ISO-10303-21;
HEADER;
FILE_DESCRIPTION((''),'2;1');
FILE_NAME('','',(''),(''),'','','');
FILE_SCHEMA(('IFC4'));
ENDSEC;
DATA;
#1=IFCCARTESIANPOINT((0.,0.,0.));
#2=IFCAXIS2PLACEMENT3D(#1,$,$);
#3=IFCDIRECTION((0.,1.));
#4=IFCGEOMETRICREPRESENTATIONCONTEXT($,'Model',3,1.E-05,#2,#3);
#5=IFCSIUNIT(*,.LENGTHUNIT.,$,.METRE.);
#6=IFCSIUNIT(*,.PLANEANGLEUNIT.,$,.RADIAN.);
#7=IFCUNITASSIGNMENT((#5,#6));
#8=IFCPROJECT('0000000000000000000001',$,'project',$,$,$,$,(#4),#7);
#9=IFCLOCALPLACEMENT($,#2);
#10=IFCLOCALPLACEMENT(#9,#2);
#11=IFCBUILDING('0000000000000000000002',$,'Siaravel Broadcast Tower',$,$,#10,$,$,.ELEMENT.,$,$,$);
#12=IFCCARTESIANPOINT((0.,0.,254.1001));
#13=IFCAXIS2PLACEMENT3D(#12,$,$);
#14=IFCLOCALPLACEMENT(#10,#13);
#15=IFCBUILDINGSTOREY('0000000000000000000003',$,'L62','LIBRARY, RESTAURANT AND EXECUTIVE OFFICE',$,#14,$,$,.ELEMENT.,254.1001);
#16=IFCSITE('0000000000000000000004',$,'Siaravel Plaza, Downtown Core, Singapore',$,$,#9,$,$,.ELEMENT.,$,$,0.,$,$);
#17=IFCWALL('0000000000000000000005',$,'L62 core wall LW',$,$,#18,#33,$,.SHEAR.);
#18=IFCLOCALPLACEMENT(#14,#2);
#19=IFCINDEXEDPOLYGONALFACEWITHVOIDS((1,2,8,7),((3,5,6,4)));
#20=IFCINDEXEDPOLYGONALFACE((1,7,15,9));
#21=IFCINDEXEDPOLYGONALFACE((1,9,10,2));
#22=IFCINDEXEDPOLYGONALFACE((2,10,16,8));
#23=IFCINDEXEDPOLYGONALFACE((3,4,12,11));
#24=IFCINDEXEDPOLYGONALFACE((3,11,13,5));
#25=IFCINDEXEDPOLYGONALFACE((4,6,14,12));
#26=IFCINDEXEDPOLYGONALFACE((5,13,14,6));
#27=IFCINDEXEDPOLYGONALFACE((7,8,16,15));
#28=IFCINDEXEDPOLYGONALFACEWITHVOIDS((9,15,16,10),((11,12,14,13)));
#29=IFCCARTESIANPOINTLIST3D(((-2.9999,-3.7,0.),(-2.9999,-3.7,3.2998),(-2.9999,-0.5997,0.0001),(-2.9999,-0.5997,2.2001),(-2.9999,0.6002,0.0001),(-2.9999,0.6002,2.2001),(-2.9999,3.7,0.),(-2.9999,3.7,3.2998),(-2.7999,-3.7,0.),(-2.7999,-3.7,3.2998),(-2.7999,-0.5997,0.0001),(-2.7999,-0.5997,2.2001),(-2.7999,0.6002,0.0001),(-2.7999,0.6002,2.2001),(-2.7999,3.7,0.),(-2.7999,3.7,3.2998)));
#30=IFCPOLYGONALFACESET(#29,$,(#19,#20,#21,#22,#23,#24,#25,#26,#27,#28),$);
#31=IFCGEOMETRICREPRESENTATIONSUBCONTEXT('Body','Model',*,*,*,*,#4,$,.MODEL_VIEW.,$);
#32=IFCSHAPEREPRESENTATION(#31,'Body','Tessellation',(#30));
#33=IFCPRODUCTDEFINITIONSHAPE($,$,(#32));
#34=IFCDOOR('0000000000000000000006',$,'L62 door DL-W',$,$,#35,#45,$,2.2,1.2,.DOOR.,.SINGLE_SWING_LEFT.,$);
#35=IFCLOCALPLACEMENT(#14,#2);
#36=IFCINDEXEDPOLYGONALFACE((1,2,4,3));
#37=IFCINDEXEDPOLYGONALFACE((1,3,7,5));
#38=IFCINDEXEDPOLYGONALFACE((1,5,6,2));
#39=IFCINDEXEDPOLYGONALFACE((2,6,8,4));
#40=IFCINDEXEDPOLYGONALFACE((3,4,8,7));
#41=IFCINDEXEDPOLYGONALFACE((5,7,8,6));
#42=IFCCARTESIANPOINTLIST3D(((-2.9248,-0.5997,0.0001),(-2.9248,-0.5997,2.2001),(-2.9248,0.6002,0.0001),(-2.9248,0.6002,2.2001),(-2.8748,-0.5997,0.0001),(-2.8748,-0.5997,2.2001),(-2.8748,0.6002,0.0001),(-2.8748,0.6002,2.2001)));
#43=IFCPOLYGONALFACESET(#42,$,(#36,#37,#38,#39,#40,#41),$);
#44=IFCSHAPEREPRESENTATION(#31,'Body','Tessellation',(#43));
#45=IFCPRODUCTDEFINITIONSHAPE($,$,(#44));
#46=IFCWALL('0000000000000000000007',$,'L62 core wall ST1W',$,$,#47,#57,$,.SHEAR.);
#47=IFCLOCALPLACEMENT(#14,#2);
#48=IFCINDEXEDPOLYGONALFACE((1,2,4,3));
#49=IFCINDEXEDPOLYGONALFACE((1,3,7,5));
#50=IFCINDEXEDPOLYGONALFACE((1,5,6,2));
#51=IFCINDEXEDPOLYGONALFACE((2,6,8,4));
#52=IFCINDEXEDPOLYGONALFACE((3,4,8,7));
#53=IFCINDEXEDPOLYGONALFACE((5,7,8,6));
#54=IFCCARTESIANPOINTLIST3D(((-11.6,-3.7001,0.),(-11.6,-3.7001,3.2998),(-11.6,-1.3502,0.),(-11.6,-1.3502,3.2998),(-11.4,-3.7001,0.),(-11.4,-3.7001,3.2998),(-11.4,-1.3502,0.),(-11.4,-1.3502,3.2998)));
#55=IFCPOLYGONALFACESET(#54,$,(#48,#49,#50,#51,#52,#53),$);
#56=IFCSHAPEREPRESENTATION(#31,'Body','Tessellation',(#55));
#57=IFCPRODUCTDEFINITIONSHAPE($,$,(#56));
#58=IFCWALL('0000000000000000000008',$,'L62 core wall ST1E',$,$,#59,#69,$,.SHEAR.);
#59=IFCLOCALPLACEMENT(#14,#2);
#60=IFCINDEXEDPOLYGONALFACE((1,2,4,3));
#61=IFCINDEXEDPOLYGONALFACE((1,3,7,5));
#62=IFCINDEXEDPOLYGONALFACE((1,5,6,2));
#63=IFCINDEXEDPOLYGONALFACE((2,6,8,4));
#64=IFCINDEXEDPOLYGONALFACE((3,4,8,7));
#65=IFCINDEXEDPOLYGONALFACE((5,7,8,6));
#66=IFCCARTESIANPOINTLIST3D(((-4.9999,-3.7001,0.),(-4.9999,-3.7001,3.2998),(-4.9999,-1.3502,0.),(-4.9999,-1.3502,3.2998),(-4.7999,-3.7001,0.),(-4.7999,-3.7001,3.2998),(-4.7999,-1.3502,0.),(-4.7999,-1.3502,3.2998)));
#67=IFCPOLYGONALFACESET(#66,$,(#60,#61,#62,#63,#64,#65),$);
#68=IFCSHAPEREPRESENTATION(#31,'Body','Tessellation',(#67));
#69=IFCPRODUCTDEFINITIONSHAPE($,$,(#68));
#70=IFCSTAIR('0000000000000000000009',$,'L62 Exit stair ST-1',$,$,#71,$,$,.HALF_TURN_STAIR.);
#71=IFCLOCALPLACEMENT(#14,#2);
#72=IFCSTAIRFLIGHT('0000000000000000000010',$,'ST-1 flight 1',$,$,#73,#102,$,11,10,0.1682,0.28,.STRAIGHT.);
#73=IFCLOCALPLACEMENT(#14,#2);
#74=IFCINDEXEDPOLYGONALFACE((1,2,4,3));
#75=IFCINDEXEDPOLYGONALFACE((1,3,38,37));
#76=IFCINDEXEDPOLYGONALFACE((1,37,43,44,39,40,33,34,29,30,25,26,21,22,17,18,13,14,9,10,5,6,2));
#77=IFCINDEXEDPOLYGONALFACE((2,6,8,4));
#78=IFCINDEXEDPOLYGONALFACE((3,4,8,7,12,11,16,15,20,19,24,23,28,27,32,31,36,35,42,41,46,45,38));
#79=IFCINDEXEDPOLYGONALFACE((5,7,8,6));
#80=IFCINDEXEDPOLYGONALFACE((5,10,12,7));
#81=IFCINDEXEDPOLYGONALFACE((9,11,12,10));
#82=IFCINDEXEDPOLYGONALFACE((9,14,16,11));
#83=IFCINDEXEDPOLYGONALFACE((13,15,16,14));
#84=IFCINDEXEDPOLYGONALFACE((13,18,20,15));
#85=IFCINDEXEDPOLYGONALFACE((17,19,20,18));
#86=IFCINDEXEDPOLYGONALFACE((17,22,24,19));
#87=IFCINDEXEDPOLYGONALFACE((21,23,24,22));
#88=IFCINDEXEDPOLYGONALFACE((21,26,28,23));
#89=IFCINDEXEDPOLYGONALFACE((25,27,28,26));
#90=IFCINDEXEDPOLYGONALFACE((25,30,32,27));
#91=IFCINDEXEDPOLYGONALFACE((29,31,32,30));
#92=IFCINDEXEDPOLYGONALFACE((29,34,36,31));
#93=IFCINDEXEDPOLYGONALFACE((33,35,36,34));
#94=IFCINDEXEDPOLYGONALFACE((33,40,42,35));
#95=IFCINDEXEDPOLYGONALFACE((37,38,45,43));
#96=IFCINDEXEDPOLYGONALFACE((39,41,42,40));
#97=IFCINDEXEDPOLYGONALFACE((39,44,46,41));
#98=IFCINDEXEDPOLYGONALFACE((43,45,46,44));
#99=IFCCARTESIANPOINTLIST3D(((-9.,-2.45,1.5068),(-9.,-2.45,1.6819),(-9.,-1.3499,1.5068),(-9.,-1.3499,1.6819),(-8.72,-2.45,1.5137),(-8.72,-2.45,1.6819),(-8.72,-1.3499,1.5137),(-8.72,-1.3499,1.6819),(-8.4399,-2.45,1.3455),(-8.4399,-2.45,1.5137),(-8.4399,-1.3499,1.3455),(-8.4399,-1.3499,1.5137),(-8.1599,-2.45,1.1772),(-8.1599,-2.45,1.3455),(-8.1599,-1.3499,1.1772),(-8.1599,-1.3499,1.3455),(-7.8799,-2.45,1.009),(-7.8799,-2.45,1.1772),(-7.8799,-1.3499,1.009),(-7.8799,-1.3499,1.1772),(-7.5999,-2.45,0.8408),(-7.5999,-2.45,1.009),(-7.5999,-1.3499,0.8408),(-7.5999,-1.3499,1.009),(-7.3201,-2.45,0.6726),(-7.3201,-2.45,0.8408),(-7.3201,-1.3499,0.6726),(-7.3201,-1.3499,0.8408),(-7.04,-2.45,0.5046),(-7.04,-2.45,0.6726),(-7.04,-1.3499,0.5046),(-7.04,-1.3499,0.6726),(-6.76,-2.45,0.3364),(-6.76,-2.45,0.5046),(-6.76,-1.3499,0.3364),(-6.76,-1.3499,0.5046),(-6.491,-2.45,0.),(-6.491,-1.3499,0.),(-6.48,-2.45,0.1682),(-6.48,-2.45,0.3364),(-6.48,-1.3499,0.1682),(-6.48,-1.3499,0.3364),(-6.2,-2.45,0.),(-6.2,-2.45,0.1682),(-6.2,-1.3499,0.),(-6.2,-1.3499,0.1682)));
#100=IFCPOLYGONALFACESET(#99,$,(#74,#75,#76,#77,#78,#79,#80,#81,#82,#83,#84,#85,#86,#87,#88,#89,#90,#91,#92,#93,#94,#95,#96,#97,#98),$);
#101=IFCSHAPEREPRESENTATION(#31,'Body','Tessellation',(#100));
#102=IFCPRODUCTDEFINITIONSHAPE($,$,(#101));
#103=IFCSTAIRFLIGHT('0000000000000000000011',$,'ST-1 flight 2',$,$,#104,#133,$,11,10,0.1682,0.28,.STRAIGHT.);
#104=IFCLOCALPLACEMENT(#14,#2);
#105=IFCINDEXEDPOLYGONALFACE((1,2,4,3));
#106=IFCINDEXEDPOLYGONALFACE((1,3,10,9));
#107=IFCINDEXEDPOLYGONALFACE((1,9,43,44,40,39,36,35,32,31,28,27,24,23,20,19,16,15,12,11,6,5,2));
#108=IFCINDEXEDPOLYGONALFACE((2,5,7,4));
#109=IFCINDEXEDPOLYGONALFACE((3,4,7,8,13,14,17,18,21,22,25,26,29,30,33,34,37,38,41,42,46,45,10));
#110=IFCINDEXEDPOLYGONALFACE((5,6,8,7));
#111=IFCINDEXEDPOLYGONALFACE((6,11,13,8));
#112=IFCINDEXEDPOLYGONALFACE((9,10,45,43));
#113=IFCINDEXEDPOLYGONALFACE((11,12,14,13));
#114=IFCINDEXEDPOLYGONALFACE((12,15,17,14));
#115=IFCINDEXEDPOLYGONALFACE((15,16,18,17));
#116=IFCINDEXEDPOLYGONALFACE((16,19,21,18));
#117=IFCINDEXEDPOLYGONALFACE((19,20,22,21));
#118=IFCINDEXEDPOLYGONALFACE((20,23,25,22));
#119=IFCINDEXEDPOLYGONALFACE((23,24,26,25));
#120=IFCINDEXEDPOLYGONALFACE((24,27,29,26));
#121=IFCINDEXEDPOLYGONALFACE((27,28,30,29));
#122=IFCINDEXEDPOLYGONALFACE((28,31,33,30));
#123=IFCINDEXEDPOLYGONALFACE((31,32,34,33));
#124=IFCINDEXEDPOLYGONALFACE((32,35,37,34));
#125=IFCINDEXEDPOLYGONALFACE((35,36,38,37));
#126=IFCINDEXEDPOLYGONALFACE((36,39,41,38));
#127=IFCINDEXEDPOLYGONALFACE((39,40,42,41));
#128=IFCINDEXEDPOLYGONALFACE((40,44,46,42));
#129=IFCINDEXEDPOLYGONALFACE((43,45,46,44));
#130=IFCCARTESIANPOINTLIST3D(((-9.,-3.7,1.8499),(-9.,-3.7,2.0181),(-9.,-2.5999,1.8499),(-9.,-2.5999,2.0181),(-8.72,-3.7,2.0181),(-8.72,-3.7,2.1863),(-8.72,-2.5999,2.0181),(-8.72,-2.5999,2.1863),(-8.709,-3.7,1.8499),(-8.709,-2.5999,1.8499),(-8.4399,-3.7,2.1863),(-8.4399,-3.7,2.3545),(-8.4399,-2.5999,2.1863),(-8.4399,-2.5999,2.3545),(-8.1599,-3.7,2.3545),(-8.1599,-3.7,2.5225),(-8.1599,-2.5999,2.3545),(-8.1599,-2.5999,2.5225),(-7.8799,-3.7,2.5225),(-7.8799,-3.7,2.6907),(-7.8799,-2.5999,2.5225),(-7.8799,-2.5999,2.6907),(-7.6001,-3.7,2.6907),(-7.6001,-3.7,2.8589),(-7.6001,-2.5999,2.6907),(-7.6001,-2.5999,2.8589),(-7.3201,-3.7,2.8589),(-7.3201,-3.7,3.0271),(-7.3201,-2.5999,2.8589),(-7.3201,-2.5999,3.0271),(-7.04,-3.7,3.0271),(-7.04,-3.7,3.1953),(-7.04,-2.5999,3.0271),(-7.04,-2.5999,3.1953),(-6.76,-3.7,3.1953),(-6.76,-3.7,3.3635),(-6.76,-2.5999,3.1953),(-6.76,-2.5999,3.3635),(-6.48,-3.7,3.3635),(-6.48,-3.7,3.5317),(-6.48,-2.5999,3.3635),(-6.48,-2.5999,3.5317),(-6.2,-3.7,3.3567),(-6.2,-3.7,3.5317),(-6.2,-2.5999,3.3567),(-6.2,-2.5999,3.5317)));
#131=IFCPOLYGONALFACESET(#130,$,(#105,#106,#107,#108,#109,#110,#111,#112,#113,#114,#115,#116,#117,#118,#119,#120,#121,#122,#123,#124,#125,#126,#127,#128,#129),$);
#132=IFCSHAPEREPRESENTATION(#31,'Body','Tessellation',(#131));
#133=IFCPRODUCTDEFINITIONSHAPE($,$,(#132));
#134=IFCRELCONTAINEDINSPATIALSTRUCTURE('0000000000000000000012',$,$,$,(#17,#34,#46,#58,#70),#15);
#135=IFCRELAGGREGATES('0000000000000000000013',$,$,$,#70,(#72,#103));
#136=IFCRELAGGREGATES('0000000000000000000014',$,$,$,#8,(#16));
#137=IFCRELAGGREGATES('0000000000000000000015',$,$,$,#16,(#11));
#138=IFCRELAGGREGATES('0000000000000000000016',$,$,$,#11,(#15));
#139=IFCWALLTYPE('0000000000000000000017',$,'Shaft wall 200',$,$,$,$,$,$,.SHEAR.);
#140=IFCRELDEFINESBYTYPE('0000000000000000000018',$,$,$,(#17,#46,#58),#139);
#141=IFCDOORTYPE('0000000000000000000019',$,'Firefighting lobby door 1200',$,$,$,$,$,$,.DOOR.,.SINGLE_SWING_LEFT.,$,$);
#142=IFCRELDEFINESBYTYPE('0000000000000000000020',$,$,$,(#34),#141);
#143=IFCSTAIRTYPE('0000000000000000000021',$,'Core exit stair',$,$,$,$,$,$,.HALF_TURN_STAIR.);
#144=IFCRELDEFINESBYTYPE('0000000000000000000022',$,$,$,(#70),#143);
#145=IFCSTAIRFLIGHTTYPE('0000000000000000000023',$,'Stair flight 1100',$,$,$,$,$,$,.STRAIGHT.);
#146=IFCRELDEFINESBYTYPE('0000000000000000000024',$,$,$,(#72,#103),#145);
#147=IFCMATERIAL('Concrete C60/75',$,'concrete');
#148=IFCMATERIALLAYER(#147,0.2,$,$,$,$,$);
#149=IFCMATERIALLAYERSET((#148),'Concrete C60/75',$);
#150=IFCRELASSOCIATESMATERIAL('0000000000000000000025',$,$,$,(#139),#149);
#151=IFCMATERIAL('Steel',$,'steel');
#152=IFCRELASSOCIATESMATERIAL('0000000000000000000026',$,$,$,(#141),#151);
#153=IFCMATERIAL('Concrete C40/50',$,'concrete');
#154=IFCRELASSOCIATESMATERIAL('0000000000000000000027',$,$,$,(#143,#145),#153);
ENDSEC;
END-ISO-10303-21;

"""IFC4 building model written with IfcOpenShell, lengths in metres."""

from ifc_helpers import new_model, si_unit, direction, frame, frame_2d, origin, place, context, subcontext, project, spatial, polyline, rectangle, outline, extrude, material, layer, layer_set, type_object, element, fill, aggregate, save


model = new_model("IFC4")

# Units and contexts
model_context = context("Model", 3, precision=1e-05, world=origin(), true_north=direction((0.0, 1.0)))
body_context = subcontext(model_context, "Body", "Model", "MODEL_VIEW")
ifc_project = project(units=[si_unit("LENGTHUNIT", "METRE"), si_unit("PLANEANGLEUNIT", "RADIAN")], contexts=[model_context])

# Site, building, storey
site_placement = place(None, origin())
site = spatial("IfcSite", under=ifc_project, at=site_placement, Name="Siaravel Plaza, Downtown Core, Singapore", CompositionType="ELEMENT", RefElevation=0.0)
building_placement = place(site_placement, origin())
building = spatial("IfcBuilding", under=site, at=building_placement, Name="Siaravel Broadcast Tower", CompositionType="ELEMENT")
storey_placement = place(building_placement, frame((0.0, 0.0, 254.1001)))
storey = spatial("IfcBuildingStorey", under=building, at=storey_placement, Name="L62", Description="LIBRARY, RESTAURANT AND EXECUTIVE OFFICE", CompositionType="ELEMENT", Elevation=254.1001)

# Shared definitions
ifc_material_1 = material(Name="Concrete C60/75", Category="concrete")
ifc_material_2 = material(Name="Steel", Category="steel")

# Shared definitions
ifc_layer_1 = layer(ifc_material_1, 0.2)
ifc_layer_set_1 = layer_set([ifc_layer_1], Name="Concrete C60/75")
wall_type_1 = type_object("IfcWallType", Name="Shaft wall 200", PredefinedType="SHEAR", material=ifc_layer_set_1)

# Wall, opening, door
wall_1_placement = place(storey_placement, frame((-2.8999, -3.7, 0.0), z_axis=(0.0, 0.0, 1.0), x_axis=(0.0, 1.0, 0.0)))
wall_1 = element("IfcWall", 1, at=wall_1_placement, inside=storey, type_object=wall_type_1, Name="L62 core wall LW", PredefinedType="SHEAR", context=body_context, shape_type="SweptSolid", body=[
    extrude(rectangle(XDim=7.3999, YDim=0.2, at=frame_2d((3.7, 0.0))), origin(), (0.0, 0.0, 1.0), 3.2998),
])
opening_1_placement = place(wall_1_placement, frame((3.1001, 0.0, 0.0)))
opening_1 = element("IfcOpeningElement", 2, at=opening_1_placement, cuts=wall_1, PredefinedType="OPENING", context=body_context, shape_type="SweptSolid", body=[
    extrude(rectangle(XDim=1.2, YDim=2.2, at=frame_2d((0.6001, 1.1001))), frame((0.0, 0.1099, 0.0), z_axis=(0.0, -1.0, 0.0), x_axis=(1.0, 0.0, 0.0)), (0.0, 0.0, 1.0), 0.22),
])
door_type_1 = type_object("IfcDoorType", Name="Firefighting lobby door 1200", OperationType="SINGLE_SWING_LEFT", PredefinedType="DOOR", material=ifc_material_2)
door_1_placement = place(opening_1_placement, origin())
door_1 = element("IfcDoor", 3, at=door_1_placement, inside=storey, type_object=door_type_1, Name="L62 door DL-W", OperationType="SINGLE_SWING_LEFT", OverallHeight=2.2, OverallWidth=1.2, PredefinedType="DOOR", context=body_context, shape_type="SweptSolid", body=[
    extrude(rectangle(XDim=1.2, YDim=2.2, at=frame_2d((0.6001, 1.1001))), frame((0.0, 0.0249, 0.0), z_axis=(0.0, -1.0, 0.0), x_axis=(1.0, 0.0, 0.0)), (0.0, 0.0, 1.0), 0.05),
])
fill(opening_1, door_1)

# Walls
for number, where, z_axis, x_axis, name in (
    (4, (-11.5, -3.7, 0.0), (0.0, 0.0, 1.0), (0.0, 1.0, 0.0), "L62 core wall ST1W"),
    (5, (-4.8999, -3.7, 0.0), (0.0, 0.0, 1.0), (0.0, 1.0, 0.0), "L62 core wall ST1E"),
):
    element("IfcWall", number, at=place(storey_placement, frame(where, z_axis=z_axis, x_axis=x_axis)), inside=storey, type_object=wall_type_1, Name=name, PredefinedType="SHEAR", context=body_context, shape_type="SweptSolid", body=[
        extrude(rectangle(XDim=2.3499, YDim=0.2, at=frame_2d((1.1748, 0.0))), origin(), (0.0, 0.0, 1.0), 3.2998),
    ])

# Stair, stair flights
ifc_material_3 = material(Name="Concrete C40/50", Category="concrete")
stair_type = type_object("IfcStairType", Name="Core exit stair", PredefinedType="HALF_TURN_STAIR", material=ifc_material_3)
stair_placement = place(storey_placement, origin())
stair = element("IfcStair", 6, at=stair_placement, inside=storey, type_object=stair_type, Name="L62 Exit stair ST-1", PredefinedType="HALF_TURN_STAIR")
stair_flight_type = type_object("IfcStairFlightType", Name="Stair flight 1100", PredefinedType="STRAIGHT", material=ifc_material_3)
stair_flight_1_placement = place(storey_placement, frame((-6.2, -1.8999, 0.0), z_axis=(0.0, 0.0, 1.0), x_axis=(-1.0, 0.0, 0.0)))
stair_flight_1 = element("IfcStairFlight", 7, at=stair_flight_1_placement, type_object=stair_flight_type, Name="ST-1 flight 1", NumberOfRisers=11, NumberOfTreads=10, PredefinedType="STRAIGHT", RiserHeight=0.1682, TreadLength=0.28, context=body_context, shape_type="SweptSolid", body=[
    extrude(outline(polyline([(0.0, 0.0), (0.0, 0.1682), (0.28, 0.1682), (0.28, 0.3364), (0.5601, 0.3364), (0.5601, 0.5046), (0.8401, 0.5046), (0.8401, 0.6726), (1.1201, 0.6726), (1.1201, 0.8408), (1.3999, 0.8408), (1.3999, 1.009), (1.6799, 1.009), (1.6799, 1.1772), (1.96, 1.1772), (1.96, 1.3455), (2.24, 1.3455), (2.24, 1.5137), (2.52, 1.5137), (2.52, 1.6819), (2.8, 1.6819), (2.8, 1.8501), (2.8, 1.5068), (0.291, 0.0), (0.0, 0.0)])), frame((0.0, 0.55, 0.0), z_axis=(0.0, -1.0, 0.0), x_axis=(1.0, 0.0, 0.0)), (0.0, 0.0, 1.0), 1.1001),
])
stair_flight_2_placement = place(storey_placement, frame((-9.0, -3.1499, 1.8499), z_axis=(0.0, 0.0, 1.0), x_axis=(1.0, 0.0, 0.0)))
stair_flight_2 = element("IfcStairFlight", 8, at=stair_flight_2_placement, type_object=stair_flight_type, Name="ST-1 flight 2", NumberOfRisers=11, NumberOfTreads=10, PredefinedType="STRAIGHT", RiserHeight=0.1682, TreadLength=0.28, context=body_context, shape_type="SweptSolid", body=[
    extrude(outline(polyline([(0.0, 0.0), (0.0, 0.1682), (0.28, 0.1682), (0.28, 0.3364), (0.5601, 0.3364), (0.5601, 0.5046), (0.8401, 0.5046), (0.8401, 0.6726), (1.1201, 0.6726), (1.1201, 0.8408), (1.3999, 0.8408), (1.3999, 1.009), (1.6799, 1.009), (1.6799, 1.1772), (1.96, 1.1772), (1.96, 1.3455), (2.24, 1.3455), (2.24, 1.5137), (2.52, 1.5137), (2.52, 1.6819), (2.8, 1.6819), (2.8, 1.8501), (2.8, 1.5068), (0.291, 0.0), (0.0, 0.0)])), frame((0.0, 0.55, 0.0), z_axis=(0.0, -1.0, 0.0), x_axis=(1.0, 0.0, 0.0)), (0.0, 0.0, 1.0), 1.1001),
])
aggregate(stair, [stair_flight_1, stair_flight_2])

save(model, "model.ifc")
